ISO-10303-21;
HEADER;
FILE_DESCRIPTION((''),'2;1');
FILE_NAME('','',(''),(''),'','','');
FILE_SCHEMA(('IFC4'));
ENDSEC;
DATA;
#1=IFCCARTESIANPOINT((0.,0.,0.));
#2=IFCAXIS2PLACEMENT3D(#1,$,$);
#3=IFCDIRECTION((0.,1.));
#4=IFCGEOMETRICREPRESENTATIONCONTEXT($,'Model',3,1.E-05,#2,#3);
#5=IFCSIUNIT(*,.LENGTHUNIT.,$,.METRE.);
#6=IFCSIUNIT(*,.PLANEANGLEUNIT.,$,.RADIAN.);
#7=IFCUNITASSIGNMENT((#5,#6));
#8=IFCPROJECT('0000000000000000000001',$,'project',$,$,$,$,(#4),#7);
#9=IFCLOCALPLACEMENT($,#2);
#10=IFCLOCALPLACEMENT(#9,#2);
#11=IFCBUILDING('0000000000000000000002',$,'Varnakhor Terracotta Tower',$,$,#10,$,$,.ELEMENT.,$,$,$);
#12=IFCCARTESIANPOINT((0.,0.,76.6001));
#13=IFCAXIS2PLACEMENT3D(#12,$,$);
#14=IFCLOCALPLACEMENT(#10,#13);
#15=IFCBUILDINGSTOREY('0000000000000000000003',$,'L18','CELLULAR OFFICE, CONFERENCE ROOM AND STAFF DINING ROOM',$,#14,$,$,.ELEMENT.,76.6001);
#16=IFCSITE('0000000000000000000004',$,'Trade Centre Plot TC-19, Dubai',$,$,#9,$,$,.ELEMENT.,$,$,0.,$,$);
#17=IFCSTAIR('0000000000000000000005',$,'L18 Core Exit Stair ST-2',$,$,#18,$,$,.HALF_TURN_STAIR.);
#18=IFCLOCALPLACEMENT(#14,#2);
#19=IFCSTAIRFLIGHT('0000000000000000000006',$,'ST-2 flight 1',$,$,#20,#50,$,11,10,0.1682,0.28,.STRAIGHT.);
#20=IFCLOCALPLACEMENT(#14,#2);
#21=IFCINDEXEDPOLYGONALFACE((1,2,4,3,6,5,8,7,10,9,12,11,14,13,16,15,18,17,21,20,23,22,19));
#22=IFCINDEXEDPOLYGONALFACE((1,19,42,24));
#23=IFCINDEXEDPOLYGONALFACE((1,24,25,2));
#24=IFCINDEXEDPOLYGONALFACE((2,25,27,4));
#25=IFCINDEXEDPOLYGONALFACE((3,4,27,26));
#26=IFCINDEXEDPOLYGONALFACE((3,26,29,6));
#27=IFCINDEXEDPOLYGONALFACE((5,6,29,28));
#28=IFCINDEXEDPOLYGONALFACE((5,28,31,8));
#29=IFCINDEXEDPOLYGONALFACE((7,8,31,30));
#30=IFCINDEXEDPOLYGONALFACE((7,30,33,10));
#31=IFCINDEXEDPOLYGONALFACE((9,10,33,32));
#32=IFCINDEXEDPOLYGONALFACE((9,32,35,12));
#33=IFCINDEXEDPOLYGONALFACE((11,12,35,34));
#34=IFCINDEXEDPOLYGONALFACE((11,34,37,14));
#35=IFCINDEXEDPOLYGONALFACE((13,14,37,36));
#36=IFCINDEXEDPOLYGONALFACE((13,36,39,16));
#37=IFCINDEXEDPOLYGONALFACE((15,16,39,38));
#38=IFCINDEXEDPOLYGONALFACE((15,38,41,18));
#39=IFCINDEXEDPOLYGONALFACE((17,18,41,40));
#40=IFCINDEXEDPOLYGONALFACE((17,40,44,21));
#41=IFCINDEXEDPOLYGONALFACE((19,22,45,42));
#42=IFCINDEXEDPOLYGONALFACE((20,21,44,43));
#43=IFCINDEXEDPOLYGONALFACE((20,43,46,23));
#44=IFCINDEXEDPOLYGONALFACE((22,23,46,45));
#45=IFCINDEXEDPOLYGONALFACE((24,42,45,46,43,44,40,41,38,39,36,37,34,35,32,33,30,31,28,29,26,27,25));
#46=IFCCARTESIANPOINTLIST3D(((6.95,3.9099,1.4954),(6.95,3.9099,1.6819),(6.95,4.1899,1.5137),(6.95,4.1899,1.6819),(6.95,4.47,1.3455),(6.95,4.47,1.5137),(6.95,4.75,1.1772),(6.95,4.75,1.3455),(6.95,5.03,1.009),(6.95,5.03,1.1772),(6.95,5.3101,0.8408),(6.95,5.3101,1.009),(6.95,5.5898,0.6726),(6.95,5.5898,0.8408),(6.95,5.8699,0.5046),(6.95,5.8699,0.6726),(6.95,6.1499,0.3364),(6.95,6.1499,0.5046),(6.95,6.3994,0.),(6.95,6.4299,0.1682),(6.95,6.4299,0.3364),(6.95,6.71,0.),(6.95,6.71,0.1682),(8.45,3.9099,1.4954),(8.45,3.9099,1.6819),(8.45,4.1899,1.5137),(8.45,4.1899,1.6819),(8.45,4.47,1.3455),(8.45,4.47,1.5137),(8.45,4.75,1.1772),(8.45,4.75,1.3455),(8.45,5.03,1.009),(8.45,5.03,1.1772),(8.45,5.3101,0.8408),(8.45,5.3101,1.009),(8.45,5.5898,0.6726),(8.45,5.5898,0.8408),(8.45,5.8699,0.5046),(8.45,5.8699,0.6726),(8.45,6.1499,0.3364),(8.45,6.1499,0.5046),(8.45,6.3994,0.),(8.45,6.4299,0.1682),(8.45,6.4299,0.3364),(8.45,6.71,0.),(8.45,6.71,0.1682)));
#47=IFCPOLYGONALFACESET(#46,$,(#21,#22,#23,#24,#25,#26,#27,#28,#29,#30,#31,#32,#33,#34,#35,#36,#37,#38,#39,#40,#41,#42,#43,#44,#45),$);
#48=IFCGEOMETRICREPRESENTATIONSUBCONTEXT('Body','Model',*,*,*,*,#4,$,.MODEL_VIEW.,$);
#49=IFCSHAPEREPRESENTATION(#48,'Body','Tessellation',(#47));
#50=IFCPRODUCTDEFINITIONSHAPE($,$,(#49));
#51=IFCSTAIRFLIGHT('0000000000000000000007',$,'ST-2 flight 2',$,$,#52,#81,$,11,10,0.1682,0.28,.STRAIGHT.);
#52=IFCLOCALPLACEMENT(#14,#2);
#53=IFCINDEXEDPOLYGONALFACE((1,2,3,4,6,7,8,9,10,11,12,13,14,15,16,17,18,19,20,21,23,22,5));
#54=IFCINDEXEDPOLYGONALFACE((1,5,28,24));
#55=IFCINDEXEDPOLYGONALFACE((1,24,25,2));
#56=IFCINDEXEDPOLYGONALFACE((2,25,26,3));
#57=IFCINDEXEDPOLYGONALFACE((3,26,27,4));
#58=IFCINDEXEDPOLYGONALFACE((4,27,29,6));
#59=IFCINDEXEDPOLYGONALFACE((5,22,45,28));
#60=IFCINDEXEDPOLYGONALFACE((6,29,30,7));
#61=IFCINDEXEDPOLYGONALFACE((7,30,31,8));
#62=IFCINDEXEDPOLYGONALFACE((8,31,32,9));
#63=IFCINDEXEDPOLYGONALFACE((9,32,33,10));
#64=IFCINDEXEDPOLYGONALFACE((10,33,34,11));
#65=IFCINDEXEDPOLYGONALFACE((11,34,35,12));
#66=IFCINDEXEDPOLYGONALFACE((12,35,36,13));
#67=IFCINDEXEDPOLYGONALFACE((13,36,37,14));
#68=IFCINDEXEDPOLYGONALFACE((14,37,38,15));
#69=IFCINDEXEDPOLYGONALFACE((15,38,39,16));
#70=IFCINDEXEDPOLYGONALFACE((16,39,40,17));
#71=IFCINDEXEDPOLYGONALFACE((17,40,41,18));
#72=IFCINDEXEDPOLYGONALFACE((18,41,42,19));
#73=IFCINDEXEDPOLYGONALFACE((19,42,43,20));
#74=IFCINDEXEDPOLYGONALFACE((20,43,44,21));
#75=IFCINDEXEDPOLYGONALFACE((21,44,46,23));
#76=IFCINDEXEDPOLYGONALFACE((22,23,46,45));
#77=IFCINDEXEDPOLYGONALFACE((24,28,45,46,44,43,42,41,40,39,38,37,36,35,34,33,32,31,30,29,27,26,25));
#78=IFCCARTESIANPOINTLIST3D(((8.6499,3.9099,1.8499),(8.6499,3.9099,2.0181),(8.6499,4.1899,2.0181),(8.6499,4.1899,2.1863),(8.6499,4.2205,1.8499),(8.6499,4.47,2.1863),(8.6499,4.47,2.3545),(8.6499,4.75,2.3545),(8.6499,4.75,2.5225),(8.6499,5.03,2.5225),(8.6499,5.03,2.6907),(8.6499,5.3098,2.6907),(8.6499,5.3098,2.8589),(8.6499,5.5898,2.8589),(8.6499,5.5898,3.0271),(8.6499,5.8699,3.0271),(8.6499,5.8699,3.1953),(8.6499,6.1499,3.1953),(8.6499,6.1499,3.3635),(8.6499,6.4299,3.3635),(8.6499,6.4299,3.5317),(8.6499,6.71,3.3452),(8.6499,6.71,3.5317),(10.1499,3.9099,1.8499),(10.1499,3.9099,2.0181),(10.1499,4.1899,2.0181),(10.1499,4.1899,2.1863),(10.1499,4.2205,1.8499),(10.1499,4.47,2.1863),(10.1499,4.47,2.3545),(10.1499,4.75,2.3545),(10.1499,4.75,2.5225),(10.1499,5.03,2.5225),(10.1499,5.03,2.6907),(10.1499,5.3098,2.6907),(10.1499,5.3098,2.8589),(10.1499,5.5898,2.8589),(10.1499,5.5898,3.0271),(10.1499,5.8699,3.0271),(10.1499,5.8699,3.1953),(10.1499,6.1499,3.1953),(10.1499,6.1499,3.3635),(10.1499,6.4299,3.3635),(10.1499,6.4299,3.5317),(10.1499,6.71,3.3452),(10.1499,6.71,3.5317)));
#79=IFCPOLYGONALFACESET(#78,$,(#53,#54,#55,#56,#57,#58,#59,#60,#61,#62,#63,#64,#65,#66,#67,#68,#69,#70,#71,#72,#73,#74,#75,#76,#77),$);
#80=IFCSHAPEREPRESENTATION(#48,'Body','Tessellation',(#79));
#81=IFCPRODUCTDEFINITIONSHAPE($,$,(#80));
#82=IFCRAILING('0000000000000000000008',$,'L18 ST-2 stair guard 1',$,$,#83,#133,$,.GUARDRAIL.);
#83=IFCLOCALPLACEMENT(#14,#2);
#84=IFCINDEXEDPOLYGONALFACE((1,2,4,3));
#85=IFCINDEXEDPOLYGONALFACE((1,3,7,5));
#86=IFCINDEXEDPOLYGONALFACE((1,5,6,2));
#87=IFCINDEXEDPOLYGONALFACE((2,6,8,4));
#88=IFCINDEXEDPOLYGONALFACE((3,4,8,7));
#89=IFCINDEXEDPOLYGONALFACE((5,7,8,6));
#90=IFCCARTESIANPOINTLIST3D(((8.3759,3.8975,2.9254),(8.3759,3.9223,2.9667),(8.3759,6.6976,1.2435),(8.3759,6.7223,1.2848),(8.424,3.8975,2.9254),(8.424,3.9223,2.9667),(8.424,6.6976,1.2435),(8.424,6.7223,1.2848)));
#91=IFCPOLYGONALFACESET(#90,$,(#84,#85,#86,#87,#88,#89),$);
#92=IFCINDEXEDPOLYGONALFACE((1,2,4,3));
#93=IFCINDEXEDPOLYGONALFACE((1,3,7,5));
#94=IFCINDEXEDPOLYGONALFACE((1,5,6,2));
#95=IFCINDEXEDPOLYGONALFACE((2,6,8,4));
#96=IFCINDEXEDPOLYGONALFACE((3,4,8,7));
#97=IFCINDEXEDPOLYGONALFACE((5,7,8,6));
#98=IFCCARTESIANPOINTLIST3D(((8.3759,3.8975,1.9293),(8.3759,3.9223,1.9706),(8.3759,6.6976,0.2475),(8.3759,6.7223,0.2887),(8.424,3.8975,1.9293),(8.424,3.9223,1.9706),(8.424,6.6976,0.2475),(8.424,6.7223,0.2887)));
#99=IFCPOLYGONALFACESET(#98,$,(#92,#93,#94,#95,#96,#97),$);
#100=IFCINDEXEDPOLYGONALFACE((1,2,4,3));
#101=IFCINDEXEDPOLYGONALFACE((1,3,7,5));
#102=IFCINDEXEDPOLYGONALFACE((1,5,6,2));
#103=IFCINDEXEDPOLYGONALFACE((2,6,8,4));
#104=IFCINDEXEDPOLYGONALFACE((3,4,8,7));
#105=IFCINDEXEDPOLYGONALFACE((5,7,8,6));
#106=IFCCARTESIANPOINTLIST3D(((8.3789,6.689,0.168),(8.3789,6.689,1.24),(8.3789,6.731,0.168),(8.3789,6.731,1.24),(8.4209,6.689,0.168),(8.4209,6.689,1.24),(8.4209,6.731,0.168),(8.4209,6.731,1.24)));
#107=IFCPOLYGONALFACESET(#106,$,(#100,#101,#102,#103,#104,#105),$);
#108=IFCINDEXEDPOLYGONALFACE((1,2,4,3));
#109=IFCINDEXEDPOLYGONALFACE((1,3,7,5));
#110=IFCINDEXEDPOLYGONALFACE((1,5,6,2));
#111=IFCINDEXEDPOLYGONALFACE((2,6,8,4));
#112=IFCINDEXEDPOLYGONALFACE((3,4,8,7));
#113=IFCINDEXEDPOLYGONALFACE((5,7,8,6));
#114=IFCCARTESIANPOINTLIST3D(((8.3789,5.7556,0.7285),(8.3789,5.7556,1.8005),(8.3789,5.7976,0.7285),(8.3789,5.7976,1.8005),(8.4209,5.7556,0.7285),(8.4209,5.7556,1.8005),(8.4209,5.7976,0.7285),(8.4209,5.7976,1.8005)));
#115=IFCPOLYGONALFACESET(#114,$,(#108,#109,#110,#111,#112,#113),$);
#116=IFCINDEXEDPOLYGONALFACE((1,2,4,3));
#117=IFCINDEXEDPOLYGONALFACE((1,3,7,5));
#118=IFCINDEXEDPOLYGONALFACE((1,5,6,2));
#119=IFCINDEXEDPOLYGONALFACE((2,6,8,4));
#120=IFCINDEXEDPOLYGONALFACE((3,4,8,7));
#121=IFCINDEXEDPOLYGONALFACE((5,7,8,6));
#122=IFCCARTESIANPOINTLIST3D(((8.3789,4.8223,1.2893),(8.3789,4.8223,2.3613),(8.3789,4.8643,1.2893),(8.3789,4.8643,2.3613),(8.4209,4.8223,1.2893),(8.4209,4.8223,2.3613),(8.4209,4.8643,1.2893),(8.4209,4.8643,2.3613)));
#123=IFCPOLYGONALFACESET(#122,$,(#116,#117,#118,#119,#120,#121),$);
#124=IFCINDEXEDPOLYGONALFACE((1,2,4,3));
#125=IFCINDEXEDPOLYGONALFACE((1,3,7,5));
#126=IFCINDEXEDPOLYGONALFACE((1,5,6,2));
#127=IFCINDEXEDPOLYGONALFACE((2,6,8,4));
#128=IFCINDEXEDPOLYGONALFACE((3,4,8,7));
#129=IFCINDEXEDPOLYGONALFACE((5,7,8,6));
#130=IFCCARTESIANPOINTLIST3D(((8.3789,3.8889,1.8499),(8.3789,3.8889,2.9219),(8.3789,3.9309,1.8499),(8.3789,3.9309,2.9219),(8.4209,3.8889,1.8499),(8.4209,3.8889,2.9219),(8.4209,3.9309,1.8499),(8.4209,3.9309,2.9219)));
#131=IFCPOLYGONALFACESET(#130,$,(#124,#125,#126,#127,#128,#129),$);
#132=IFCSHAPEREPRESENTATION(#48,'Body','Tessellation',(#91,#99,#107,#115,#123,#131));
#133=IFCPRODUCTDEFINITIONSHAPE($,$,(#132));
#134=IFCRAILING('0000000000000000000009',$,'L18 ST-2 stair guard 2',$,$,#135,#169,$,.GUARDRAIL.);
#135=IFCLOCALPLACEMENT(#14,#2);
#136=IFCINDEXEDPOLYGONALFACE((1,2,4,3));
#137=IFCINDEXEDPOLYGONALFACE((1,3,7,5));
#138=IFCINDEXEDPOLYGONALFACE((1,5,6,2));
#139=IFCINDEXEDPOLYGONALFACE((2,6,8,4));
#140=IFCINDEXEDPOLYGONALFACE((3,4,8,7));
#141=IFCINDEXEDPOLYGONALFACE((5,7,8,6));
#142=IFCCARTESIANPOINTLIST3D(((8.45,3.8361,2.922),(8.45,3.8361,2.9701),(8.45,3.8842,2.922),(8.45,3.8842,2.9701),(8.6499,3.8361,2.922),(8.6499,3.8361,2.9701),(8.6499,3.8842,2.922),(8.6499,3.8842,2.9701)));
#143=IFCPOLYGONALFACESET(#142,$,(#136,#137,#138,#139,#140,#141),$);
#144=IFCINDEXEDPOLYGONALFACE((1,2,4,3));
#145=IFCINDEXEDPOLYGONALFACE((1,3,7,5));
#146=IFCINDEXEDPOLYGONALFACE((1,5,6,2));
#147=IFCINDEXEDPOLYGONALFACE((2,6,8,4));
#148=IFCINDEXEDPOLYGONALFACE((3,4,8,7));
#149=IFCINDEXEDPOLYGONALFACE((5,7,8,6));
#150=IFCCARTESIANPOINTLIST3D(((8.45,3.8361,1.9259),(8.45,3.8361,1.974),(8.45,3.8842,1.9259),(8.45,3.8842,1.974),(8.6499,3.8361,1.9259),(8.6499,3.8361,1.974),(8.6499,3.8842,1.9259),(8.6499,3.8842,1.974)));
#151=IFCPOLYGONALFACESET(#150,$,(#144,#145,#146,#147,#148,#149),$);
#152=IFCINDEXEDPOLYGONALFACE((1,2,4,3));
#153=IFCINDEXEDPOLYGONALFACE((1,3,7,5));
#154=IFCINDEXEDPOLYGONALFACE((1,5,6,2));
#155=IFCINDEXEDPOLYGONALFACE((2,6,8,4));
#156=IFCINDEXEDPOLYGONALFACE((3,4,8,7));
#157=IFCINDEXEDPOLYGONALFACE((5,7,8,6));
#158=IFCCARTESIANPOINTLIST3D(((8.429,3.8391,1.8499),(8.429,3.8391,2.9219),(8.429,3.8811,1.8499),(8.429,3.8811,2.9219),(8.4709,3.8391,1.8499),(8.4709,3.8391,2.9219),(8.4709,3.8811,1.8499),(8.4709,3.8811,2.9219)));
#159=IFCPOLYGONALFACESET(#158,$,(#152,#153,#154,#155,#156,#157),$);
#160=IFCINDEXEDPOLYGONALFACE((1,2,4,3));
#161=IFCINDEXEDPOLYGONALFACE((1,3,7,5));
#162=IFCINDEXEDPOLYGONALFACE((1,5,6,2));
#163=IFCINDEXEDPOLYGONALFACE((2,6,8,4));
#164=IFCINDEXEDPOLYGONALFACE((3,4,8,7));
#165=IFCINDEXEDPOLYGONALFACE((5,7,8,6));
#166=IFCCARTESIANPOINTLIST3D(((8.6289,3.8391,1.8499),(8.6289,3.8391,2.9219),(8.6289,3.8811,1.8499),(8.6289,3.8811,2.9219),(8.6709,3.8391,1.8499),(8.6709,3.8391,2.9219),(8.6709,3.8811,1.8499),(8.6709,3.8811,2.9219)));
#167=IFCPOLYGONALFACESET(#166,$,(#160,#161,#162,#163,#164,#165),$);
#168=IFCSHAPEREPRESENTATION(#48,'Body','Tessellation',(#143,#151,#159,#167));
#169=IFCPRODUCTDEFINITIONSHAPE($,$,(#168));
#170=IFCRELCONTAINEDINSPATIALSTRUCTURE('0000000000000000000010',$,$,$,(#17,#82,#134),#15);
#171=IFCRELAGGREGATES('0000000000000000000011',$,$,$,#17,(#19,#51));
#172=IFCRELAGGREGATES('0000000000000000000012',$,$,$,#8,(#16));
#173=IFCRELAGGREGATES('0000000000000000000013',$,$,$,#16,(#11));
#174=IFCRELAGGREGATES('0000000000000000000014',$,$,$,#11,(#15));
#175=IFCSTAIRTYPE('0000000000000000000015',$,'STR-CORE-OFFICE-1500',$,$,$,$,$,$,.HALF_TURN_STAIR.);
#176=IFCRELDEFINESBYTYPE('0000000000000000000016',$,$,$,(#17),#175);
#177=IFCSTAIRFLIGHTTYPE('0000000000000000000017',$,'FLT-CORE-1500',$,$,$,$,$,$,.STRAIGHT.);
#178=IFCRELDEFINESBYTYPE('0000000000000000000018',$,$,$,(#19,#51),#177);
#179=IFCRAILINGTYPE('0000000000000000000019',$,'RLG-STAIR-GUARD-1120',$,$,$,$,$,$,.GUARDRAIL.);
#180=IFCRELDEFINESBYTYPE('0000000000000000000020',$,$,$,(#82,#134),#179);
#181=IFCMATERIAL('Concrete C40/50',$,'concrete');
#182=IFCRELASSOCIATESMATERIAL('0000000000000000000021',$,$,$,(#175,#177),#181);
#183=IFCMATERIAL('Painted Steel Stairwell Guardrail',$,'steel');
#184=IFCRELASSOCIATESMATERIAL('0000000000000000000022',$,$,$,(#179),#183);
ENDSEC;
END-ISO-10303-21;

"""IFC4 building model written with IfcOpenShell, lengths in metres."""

from ifc_helpers import new_model, si_unit, direction, frame, origin, origin_2d, place, context, subcontext, project, spatial, polyline, rectangle, outline, extrude, material, type_object, element, aggregate, save


model = new_model("IFC4")

# Units and contexts
model_context = context("Model", 3, precision=1e-05, world=origin(), true_north=direction((0.0, 1.0)))
body_context = subcontext(model_context, "Body", "Model", "MODEL_VIEW")
ifc_project = project(units=[si_unit("LENGTHUNIT", "METRE"), si_unit("PLANEANGLEUNIT", "RADIAN")], contexts=[model_context])

# Site, building, storey
site_placement = place(None, origin())
site = spatial("IfcSite", under=ifc_project, at=site_placement, Name="Trade Centre Plot TC-19, Dubai", CompositionType="ELEMENT", RefElevation=0.0)
building_placement = place(site_placement, origin())
building = spatial("IfcBuilding", under=site, at=building_placement, Name="Varnakhor Terracotta Tower", CompositionType="ELEMENT")
storey_placement = place(building_placement, frame((0.0, 0.0, 76.6001)))
storey = spatial("IfcBuildingStorey", under=building, at=storey_placement, Name="L18", Description="CELLULAR OFFICE, CONFERENCE ROOM AND STAFF DINING ROOM", CompositionType="ELEMENT", Elevation=76.6001)

# Shared definitions
ifc_material_1 = material(Name="Concrete C40/50", Category="concrete")

# Stair, stair flights
stair_type = type_object("IfcStairType", Name="STR-CORE-OFFICE-1500", PredefinedType="HALF_TURN_STAIR", material=ifc_material_1)
stair_placement = place(storey_placement, origin())
stair = element("IfcStair", 1, at=stair_placement, inside=storey, type_object=stair_type, Name="L18 Core Exit Stair ST-2", PredefinedType="HALF_TURN_STAIR")
stair_flight_type = type_object("IfcStairFlightType", Name="FLT-CORE-1500", PredefinedType="STRAIGHT", material=ifc_material_1)
stair_flight_1_placement = place(storey_placement, frame((7.7, 6.71, 0.0), z_axis=(0.0, 0.0, 1.0), x_axis=(0.0, -1.0, 0.0)))
stair_flight_1 = element("IfcStairFlight", 2, at=stair_flight_1_placement, type_object=stair_flight_type, Name="ST-2 flight 1", NumberOfRisers=11, NumberOfTreads=10, PredefinedType="STRAIGHT", RiserHeight=0.1682, TreadLength=0.28, context=body_context, shape_type="SweptSolid", body=[
    extrude(outline(polyline([(0.0, 0.0), (0.0, 0.1682), (0.28, 0.1682), (0.28, 0.3364), (0.5601, 0.3364), (0.5601, 0.5046), (0.8401, 0.5046), (0.8401, 0.6726), (1.1201, 0.6726), (1.1201, 0.8408), (1.3999, 0.8408), (1.3999, 1.009), (1.6799, 1.009), (1.6799, 1.1772), (1.96, 1.1772), (1.96, 1.3455), (2.24, 1.3455), (2.24, 1.5137), (2.52, 1.5137), (2.52, 1.6819), (2.8, 1.6819), (2.8, 1.8501), (2.8, 1.4954), (0.3105, 0.0), (0.0, 0.0)])), frame((0.0, 0.75, 0.0), z_axis=(0.0, -1.0, 0.0), x_axis=(1.0, 0.0, 0.0)), (0.0, 0.0, 1.0), 1.5),
])
stair_flight_2_placement = place(storey_placement, frame((9.3999, 3.9099, 1.8499), z_axis=(0.0, 0.0, 1.0), x_axis=(0.0, 1.0, 0.0)))
stair_flight_2 = element("IfcStairFlight", 3, at=stair_flight_2_placement, type_object=stair_flight_type, Name="ST-2 flight 2", NumberOfRisers=11, NumberOfTreads=10, PredefinedType="STRAIGHT", RiserHeight=0.1682, TreadLength=0.28, context=body_context, shape_type="SweptSolid", body=[
    extrude(outline(polyline([(0.0, 0.0), (0.0, 0.1682), (0.28, 0.1682), (0.28, 0.3364), (0.5601, 0.3364), (0.5601, 0.5046), (0.8401, 0.5046), (0.8401, 0.6726), (1.1201, 0.6726), (1.1201, 0.8408), (1.3999, 0.8408), (1.3999, 1.009), (1.6799, 1.009), (1.6799, 1.1772), (1.96, 1.1772), (1.96, 1.3455), (2.24, 1.3455), (2.24, 1.5137), (2.52, 1.5137), (2.52, 1.6819), (2.8, 1.6819), (2.8, 1.8501), (2.8, 1.4954), (0.3105, 0.0), (0.0, 0.0)])), frame((0.0, 0.75, 0.0), z_axis=(0.0, -1.0, 0.0), x_axis=(1.0, 0.0, 0.0)), (0.0, 0.0, 1.0), 1.5),
])
aggregate(stair, [stair_flight_1, stair_flight_2])

# Railings
ifc_material_2 = material(Name="Painted Steel Stairwell Guardrail", Category="steel")
railing_type_1 = type_object("IfcRailingType", Name="RLG-STAIR-GUARD-1120", PredefinedType="GUARDRAIL", material=ifc_material_2)
railing_1_placement = place(storey_placement, frame((8.3999, 6.71, 0.168)))
element("IfcRailing", 4, at=railing_1_placement, inside=storey, type_object=railing_type_1, Name="L18 ST-2 stair guard 1", PredefinedType="GUARDRAIL", context=body_context, shape_type="SweptSolid", body=[
    extrude(rectangle(XDim=0.0481, YDim=0.0481, at=origin_2d()), frame((0.0, 0.0, 1.0962), z_axis=(0.0, -0.857242, 0.514913), x_axis=(1.0, 0.0, 0.0)), (0.0, 0.0, 1.0), 3.2664),
    extrude(rectangle(XDim=0.0481, YDim=0.0481, at=origin_2d()), frame((0.0, 0.0, 0.1001), z_axis=(0.0, -0.857242, 0.514913), x_axis=(1.0, 0.0, 0.0)), (0.0, 0.0, 1.0), 3.2664),
    extrude(rectangle(XDim=0.042, YDim=0.042, at=origin_2d()), origin(), (0.0, 0.0, 1.0), 1.072),
    extrude(rectangle(XDim=0.042, YDim=0.042, at=origin_2d()), frame((0.0, -0.9333, 0.5605)), (0.0, 0.0, 1.0), 1.072),
    extrude(rectangle(XDim=0.042, YDim=0.042, at=origin_2d()), frame((0.0, -1.8667, 1.1213)), (0.0, 0.0, 1.0), 1.072),
    extrude(rectangle(XDim=0.042, YDim=0.042, at=origin_2d()), frame((0.0, -2.8, 1.6819)), (0.0, 0.0, 1.0), 1.072),
])
railing_2_placement = place(storey_placement, frame((8.45, 3.8601, 1.8499)))
element("IfcRailing", 5, at=railing_2_placement, inside=storey, type_object=railing_type_1, Name="L18 ST-2 stair guard 2", PredefinedType="GUARDRAIL", context=body_context, shape_type="SweptSolid", body=[
    extrude(rectangle(XDim=0.0481, YDim=0.0481, at=origin_2d()), frame((0.0, 0.0, 1.0962), z_axis=(1.0, 0.0, 0.0), x_axis=(0.0, 1.0, 0.0)), (0.0, 0.0, 1.0), 0.2),
    extrude(rectangle(XDim=0.0481, YDim=0.0481, at=origin_2d()), frame((0.0, 0.0, 0.1001), z_axis=(1.0, 0.0, 0.0), x_axis=(0.0, 1.0, 0.0)), (0.0, 0.0, 1.0), 0.2),
    extrude(rectangle(XDim=0.042, YDim=0.042, at=origin_2d()), origin(), (0.0, 0.0, 1.0), 1.072),
    extrude(rectangle(XDim=0.042, YDim=0.042, at=origin_2d()), frame((0.2, 0.0, 0.0)), (0.0, 0.0, 1.0), 1.072),
])

save(model, "model.ifc")
